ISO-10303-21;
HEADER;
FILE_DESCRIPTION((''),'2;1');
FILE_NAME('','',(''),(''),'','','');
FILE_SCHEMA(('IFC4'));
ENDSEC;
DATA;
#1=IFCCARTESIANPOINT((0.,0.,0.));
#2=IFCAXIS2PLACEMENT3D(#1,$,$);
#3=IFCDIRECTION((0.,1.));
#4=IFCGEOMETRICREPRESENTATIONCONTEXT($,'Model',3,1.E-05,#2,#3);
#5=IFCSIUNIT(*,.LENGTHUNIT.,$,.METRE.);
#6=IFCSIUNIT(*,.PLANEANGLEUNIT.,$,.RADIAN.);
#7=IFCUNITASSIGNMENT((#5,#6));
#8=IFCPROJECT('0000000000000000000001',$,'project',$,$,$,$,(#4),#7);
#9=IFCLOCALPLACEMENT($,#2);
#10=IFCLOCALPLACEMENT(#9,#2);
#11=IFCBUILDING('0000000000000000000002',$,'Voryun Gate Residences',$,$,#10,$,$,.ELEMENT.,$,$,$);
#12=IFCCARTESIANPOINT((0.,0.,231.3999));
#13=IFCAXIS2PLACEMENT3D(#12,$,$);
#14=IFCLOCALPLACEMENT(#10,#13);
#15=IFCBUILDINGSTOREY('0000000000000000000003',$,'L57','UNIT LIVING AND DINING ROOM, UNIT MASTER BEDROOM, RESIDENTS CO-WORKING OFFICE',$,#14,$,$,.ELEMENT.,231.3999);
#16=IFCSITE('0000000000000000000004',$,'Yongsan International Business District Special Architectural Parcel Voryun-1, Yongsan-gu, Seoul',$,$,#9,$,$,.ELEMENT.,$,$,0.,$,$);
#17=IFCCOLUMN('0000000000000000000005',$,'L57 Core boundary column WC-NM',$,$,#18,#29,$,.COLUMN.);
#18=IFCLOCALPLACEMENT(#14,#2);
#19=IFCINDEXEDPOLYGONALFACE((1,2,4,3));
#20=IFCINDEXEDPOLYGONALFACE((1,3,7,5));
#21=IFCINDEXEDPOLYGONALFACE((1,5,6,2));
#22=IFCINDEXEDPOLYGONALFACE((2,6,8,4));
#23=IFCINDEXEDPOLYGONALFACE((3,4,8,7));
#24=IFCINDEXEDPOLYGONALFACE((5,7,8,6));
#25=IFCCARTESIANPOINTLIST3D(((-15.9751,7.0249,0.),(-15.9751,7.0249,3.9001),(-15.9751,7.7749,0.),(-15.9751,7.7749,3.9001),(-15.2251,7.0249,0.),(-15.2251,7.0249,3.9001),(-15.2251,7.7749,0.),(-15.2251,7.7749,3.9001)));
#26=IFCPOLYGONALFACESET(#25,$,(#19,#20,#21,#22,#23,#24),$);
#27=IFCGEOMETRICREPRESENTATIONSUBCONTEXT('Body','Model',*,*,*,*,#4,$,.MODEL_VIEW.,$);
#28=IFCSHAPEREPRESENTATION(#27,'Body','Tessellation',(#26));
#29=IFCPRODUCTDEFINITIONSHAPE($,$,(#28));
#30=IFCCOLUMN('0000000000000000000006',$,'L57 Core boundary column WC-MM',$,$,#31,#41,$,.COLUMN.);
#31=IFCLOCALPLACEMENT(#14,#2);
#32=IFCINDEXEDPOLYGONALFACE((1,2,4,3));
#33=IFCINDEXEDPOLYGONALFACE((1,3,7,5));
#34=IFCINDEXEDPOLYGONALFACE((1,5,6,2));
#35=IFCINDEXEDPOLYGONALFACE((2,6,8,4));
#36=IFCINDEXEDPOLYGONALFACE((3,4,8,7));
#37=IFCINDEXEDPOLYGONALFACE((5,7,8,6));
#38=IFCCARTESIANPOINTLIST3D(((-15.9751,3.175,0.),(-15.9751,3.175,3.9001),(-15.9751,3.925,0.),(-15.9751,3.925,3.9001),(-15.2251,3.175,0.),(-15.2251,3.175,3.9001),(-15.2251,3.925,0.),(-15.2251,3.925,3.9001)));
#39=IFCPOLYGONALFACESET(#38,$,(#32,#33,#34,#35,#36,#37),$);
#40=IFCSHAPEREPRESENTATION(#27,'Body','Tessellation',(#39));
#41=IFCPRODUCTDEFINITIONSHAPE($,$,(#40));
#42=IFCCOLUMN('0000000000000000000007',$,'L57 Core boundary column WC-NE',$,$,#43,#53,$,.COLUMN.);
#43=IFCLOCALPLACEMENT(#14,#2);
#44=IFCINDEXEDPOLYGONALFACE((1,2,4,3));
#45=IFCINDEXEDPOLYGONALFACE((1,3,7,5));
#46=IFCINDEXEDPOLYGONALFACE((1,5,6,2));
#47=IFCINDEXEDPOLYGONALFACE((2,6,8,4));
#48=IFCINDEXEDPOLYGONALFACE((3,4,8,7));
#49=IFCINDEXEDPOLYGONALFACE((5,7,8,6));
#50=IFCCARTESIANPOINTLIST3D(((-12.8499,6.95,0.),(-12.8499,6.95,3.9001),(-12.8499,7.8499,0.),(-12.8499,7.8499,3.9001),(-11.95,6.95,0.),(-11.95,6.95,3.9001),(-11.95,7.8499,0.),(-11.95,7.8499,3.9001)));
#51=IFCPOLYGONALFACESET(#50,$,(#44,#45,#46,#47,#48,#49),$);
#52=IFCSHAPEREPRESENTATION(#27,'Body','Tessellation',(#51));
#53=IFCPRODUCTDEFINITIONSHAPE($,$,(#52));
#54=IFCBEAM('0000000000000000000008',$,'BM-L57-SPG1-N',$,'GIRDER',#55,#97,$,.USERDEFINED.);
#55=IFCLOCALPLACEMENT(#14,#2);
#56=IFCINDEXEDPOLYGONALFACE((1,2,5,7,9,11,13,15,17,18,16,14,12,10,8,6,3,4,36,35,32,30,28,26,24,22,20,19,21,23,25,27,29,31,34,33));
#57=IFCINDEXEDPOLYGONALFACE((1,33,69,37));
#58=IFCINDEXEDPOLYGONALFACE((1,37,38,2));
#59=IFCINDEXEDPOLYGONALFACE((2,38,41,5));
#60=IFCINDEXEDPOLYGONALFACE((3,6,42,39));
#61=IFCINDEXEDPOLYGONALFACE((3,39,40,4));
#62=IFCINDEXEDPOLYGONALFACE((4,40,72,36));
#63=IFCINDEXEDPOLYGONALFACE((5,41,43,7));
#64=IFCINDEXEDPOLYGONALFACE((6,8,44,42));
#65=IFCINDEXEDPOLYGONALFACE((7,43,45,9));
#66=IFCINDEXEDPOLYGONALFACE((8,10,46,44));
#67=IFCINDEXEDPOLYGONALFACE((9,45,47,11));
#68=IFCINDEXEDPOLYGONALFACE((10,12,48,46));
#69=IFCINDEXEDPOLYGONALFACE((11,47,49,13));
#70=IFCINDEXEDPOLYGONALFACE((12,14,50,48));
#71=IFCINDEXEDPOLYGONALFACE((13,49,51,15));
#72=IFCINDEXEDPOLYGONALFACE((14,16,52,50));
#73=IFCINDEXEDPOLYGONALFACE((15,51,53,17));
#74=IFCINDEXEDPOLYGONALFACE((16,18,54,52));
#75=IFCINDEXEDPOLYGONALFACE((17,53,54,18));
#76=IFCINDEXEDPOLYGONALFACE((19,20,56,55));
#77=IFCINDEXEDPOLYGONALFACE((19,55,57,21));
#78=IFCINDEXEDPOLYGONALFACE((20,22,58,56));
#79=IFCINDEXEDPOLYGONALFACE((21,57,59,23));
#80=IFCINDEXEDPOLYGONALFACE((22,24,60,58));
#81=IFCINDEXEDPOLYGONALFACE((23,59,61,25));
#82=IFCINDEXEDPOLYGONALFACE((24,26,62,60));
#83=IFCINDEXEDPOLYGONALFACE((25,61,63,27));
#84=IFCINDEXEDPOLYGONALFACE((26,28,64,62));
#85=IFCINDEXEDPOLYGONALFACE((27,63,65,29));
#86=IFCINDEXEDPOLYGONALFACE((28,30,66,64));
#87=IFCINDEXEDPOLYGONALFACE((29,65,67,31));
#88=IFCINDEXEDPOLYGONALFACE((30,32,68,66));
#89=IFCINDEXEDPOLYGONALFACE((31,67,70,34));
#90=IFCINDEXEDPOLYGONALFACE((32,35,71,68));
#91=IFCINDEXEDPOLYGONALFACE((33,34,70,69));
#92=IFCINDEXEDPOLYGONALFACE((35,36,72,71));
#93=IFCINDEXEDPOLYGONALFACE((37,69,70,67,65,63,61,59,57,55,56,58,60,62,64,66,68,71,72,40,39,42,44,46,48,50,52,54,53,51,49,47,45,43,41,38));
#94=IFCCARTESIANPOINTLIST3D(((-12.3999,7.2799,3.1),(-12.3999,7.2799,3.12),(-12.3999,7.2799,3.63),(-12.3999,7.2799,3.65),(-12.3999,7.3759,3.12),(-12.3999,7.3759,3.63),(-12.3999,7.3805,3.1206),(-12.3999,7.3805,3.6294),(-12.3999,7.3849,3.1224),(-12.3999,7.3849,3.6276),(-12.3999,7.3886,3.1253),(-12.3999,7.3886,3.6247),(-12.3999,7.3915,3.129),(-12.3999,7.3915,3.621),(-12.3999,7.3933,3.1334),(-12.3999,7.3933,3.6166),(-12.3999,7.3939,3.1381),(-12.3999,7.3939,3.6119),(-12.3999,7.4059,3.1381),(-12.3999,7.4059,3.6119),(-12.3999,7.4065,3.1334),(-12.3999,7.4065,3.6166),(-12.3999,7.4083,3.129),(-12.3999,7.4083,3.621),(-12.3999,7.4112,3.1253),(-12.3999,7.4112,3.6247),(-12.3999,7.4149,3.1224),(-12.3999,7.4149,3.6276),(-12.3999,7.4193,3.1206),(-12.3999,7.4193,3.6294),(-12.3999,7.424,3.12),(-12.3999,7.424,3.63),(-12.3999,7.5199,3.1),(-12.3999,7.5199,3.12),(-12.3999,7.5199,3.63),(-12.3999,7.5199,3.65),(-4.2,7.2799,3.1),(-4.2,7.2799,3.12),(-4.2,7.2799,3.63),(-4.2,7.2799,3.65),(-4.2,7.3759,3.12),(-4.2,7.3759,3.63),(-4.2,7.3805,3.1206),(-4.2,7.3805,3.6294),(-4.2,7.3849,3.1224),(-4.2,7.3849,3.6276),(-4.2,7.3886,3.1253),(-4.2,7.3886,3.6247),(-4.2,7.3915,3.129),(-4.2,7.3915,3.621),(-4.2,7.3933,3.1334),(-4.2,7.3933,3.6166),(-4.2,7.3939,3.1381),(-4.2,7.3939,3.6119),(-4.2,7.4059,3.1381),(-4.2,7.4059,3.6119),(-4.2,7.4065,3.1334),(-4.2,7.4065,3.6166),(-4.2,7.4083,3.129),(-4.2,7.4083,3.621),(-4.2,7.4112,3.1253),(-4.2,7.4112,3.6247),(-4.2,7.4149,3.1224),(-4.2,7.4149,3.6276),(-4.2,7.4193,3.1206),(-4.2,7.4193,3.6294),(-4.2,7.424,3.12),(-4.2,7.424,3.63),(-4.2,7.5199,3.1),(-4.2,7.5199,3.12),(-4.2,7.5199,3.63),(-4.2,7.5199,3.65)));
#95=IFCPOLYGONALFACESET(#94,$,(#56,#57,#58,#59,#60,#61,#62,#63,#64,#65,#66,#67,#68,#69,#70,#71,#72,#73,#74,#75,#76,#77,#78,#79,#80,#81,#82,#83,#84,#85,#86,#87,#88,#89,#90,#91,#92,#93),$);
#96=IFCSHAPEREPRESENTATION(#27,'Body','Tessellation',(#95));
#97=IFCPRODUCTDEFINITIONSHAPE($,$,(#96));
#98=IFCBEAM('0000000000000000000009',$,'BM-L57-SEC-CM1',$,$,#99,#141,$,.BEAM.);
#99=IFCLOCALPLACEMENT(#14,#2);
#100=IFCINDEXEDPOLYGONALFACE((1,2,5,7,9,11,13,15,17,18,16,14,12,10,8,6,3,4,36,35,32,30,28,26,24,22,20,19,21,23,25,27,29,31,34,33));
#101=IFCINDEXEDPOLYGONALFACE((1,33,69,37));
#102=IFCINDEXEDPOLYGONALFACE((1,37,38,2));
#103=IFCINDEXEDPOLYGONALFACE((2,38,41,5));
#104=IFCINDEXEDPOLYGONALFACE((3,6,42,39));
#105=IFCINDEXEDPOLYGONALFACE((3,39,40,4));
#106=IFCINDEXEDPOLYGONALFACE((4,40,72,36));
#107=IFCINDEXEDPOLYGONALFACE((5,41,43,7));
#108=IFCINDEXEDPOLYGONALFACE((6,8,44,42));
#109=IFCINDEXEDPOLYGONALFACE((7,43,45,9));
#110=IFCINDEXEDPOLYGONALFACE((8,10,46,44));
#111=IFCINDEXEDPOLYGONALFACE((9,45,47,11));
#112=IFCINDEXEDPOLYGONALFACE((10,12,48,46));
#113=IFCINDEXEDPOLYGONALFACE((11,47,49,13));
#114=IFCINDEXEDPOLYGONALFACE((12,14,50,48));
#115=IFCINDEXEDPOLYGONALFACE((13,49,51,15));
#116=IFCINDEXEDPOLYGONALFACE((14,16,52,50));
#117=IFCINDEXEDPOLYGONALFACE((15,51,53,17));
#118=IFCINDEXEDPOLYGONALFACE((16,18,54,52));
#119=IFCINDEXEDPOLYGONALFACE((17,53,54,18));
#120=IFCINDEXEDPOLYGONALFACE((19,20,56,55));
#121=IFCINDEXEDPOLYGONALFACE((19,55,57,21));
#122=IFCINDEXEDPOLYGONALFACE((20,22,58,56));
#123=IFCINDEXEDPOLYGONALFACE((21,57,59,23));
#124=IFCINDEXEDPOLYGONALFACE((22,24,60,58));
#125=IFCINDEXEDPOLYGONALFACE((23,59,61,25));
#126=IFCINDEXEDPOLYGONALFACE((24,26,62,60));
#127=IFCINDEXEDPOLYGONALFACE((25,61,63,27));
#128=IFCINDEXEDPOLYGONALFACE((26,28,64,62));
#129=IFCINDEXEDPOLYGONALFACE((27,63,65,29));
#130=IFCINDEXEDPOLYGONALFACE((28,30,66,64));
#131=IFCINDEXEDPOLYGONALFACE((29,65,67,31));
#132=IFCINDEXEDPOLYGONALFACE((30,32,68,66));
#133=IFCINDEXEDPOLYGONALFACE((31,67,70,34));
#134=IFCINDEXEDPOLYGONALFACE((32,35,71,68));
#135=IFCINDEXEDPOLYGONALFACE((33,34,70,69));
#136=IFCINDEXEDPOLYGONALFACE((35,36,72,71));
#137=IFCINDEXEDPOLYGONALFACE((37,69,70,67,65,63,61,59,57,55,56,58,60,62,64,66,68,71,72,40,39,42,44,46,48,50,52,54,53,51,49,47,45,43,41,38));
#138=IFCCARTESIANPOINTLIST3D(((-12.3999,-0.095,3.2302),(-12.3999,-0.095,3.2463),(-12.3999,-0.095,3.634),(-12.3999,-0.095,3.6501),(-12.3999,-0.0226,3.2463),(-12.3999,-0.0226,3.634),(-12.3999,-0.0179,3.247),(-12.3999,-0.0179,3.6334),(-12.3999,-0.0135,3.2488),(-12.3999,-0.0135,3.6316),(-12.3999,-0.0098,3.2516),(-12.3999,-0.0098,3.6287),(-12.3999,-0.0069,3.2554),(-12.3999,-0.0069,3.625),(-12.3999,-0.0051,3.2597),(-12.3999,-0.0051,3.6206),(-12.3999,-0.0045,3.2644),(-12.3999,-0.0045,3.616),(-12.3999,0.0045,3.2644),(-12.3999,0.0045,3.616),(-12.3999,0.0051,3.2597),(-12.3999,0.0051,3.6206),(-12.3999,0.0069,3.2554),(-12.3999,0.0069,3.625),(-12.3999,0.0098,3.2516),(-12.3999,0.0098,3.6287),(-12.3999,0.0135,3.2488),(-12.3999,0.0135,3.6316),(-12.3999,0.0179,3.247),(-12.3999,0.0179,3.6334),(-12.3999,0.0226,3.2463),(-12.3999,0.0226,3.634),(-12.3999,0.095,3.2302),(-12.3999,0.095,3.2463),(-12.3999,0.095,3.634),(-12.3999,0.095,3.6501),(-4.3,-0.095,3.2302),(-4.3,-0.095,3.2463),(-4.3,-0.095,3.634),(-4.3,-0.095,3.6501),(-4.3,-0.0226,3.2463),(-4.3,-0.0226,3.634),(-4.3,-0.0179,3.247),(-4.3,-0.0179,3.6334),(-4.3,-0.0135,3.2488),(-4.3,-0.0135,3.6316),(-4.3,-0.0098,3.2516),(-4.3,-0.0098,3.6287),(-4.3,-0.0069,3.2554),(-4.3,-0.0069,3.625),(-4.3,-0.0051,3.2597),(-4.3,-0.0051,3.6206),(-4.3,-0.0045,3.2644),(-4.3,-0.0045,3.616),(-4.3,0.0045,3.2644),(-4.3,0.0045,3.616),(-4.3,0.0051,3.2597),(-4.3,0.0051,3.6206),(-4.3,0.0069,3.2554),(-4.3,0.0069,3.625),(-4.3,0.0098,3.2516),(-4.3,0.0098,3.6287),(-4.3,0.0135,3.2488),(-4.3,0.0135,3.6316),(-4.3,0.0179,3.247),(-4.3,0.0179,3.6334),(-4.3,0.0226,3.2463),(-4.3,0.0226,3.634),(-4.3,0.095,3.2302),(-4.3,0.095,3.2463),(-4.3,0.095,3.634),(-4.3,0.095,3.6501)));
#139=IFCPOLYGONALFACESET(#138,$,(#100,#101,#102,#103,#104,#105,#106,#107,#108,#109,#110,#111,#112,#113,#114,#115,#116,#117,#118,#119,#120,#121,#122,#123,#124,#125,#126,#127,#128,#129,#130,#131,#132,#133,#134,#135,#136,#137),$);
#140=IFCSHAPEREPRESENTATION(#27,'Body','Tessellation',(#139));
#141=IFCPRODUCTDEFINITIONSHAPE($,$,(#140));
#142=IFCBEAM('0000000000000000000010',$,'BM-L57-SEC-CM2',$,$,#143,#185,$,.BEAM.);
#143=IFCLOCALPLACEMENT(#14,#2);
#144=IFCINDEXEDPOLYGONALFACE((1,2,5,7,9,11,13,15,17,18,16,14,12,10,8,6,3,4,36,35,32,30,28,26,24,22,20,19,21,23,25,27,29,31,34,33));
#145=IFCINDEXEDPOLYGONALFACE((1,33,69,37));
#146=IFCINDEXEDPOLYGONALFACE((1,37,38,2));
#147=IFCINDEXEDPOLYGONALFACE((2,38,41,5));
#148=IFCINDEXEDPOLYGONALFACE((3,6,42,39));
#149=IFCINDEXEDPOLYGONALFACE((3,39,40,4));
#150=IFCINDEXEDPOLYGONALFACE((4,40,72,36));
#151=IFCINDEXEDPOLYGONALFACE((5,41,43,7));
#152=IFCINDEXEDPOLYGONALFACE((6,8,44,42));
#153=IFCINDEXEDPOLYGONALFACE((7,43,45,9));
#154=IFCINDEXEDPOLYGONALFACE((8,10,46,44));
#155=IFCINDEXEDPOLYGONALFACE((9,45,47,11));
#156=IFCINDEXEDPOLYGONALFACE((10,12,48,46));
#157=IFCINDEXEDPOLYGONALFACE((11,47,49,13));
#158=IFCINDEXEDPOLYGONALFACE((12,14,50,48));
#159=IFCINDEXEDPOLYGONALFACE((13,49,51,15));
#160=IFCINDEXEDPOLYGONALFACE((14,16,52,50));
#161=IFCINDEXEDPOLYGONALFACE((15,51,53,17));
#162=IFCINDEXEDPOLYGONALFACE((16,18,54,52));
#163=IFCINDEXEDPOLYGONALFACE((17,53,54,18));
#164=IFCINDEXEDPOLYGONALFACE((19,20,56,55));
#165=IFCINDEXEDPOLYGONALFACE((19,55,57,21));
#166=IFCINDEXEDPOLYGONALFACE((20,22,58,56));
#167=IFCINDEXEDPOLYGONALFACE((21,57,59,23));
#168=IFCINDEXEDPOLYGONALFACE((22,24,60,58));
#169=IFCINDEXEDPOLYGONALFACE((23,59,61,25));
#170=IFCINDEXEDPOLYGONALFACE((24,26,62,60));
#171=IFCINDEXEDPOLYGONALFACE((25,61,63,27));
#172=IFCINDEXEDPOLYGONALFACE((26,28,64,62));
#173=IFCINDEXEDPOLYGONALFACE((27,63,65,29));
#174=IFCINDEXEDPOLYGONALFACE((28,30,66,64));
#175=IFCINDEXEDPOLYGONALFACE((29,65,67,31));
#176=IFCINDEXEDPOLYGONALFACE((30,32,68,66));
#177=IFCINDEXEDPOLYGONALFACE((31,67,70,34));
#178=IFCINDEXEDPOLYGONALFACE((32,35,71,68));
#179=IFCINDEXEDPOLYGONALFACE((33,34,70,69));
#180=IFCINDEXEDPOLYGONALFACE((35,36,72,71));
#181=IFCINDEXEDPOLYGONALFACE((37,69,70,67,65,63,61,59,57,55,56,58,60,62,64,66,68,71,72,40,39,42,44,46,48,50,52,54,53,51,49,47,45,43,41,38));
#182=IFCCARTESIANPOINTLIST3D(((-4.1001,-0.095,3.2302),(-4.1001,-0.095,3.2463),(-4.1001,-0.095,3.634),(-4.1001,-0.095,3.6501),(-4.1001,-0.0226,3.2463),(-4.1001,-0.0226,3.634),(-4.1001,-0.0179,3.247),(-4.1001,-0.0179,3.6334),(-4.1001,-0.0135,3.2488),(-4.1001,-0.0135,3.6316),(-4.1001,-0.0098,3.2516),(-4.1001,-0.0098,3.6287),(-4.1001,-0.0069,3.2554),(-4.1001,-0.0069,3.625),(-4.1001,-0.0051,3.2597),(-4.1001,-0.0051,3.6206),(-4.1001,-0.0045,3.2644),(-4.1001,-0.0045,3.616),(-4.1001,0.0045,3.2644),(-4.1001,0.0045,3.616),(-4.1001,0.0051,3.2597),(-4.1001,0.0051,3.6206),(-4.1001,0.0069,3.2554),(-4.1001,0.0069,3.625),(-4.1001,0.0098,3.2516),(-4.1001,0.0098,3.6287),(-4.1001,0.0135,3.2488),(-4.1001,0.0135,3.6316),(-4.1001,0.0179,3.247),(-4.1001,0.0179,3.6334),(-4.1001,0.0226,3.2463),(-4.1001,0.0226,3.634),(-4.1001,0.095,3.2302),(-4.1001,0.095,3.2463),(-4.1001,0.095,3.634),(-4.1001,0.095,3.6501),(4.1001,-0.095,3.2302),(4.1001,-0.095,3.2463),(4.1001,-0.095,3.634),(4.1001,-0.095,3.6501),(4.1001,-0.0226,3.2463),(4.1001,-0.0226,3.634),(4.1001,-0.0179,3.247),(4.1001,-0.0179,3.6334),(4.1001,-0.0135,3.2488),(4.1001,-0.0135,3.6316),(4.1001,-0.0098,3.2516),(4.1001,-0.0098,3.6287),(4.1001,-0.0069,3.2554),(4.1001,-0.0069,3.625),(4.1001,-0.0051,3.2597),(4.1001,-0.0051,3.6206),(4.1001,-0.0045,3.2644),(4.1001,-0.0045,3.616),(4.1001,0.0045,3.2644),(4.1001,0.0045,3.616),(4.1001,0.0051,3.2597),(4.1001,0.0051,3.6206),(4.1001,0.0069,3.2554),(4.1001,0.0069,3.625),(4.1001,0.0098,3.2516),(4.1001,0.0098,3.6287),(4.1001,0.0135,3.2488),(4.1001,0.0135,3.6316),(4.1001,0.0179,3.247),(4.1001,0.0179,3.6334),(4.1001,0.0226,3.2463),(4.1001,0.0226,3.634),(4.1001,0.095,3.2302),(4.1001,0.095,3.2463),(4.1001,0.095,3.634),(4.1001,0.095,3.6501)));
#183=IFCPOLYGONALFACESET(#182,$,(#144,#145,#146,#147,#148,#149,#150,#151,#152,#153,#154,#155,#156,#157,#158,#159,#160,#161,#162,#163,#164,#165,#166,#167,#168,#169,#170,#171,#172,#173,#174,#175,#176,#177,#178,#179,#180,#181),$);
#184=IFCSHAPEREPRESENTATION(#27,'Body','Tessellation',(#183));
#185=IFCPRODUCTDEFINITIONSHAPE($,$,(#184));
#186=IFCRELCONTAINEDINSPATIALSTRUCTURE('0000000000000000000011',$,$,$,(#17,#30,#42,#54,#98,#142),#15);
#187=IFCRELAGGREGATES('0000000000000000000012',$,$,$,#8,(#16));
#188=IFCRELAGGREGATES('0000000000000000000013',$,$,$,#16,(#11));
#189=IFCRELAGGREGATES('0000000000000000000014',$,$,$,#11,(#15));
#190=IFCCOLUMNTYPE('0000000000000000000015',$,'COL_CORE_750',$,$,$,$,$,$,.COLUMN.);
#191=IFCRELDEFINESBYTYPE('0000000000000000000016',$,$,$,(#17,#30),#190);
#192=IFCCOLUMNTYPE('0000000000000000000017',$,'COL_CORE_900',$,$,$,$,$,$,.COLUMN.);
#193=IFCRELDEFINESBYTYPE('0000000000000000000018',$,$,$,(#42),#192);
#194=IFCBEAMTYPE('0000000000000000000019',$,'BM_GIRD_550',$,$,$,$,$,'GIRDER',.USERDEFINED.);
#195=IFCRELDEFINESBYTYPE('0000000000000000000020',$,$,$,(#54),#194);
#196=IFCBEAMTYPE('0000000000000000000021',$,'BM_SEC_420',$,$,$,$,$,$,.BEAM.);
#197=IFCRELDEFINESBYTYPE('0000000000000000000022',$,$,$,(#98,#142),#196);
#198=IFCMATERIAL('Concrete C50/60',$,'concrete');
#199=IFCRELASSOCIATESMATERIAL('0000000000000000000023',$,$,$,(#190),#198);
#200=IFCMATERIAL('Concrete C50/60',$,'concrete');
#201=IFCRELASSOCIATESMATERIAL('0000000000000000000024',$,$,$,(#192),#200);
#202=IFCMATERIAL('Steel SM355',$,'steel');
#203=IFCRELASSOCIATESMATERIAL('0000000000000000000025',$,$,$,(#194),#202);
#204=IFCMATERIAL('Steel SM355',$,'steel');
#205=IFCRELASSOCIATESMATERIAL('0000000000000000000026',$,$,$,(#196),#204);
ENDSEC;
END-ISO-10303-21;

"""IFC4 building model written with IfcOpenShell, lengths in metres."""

from ifc_helpers import new_model, si_unit, direction, frame, origin, origin_2d, place, context, subcontext, project, spatial, rectangle, i_section, extrude, material, material_profile, profile_set, type_object, element, save


model = new_model("IFC4")

# Units and contexts
model_context = context("Model", 3, precision=1e-05, world=origin(), true_north=direction((0.0, 1.0)))
body_context = subcontext(model_context, "Body", "Model", "MODEL_VIEW")
ifc_project = project(units=[si_unit("LENGTHUNIT", "METRE"), si_unit("PLANEANGLEUNIT", "RADIAN")], contexts=[model_context])

# Site, building, storey
site_placement = place(None, origin())
site = spatial("IfcSite", under=ifc_project, at=site_placement, Name="Yongsan International Business District Special Architectural Parcel Voryun-1, Yongsan-gu, Seoul", CompositionType="ELEMENT", RefElevation=0.0)
building_placement = place(site_placement, origin())
building = spatial("IfcBuilding", under=site, at=building_placement, Name="Voryun Gate Residences", CompositionType="ELEMENT")
storey_placement = place(building_placement, frame((0.0, 0.0, 231.3999)))
storey = spatial("IfcBuildingStorey", under=building, at=storey_placement, Name="L57", Description="UNIT LIVING AND DINING ROOM, UNIT MASTER BEDROOM, RESIDENTS CO-WORKING OFFICE", CompositionType="ELEMENT", Elevation=231.3999)

# Columns
ifc_material_1 = material(Name="Concrete C50/60", Category="concrete")
ifc_material_profile_1 = material_profile(ifc_material_1, rectangle(XDim=0.75, YDim=0.75, at=origin_2d()), Name="RC-750x750")
ifc_profile_set_1 = profile_set([ifc_material_profile_1], Name="Concrete C50/60")
column_type_1 = type_object("IfcColumnType", Name="COL_CORE_750", PredefinedType="COLUMN", material=ifc_profile_set_1)
for number, where, z_axis, x_axis, name in (
    (1, (-15.6001, 7.3999, 0.0), (0.0, 0.0, 1.0), (1.0, 0.0, 0.0), "L57 Core boundary column WC-NM"),
    (2, (-15.6001, 3.55, 0.0), (0.0, 0.0, 1.0), (1.0, 0.0, 0.0), "L57 Core boundary column WC-MM"),
):
    element("IfcColumn", number, at=place(storey_placement, frame(where, z_axis=z_axis, x_axis=x_axis)), inside=storey, type_object=column_type_1, Name=name, PredefinedType="COLUMN", context=body_context, shape_type="SweptSolid", body=[
        extrude(rectangle(XDim=0.75, YDim=0.75, at=origin_2d()), origin(), (0.0, 0.0, 1.0), 3.9001),
    ])
ifc_material_2 = material(Name="Concrete C50/60", Category="concrete")
ifc_material_profile_2 = material_profile(ifc_material_2, rectangle(XDim=0.8999, YDim=0.8999, at=origin_2d()), Name="RC-900x900")
ifc_profile_set_2 = profile_set([ifc_material_profile_2], Name="Concrete C50/60")
column_type_2 = type_object("IfcColumnType", Name="COL_CORE_900", PredefinedType="COLUMN", material=ifc_profile_set_2)
column_placement = place(storey_placement, frame((-12.3999, 7.3999, 0.0), z_axis=(0.0, 0.0, 1.0), x_axis=(1.0, 0.0, 0.0)))
element("IfcColumn", 3, at=column_placement, inside=storey, type_object=column_type_2, Name="L57 Core boundary column WC-NE", PredefinedType="COLUMN", context=body_context, shape_type="SweptSolid", body=[
    extrude(rectangle(XDim=0.8999, YDim=0.8999, at=origin_2d()), origin(), (0.0, 0.0, 1.0), 3.9001),
])

# Beams
ifc_material_3 = material(Name="Steel SM355", Category="steel")
ifc_material_profile_3 = material_profile(ifc_material_3, i_section(OverallWidth=0.24, OverallDepth=0.55, WebThickness=0.012, FlangeThickness=0.02, FilletRadius=0.0181, at=origin_2d()), Name="H-550x240x12x20")
ifc_profile_set_3 = profile_set([ifc_material_profile_3], Name="Steel SM355")
beam_type_1 = type_object("IfcBeamType", Name="BM_GIRD_550", ElementType="GIRDER", PredefinedType="USERDEFINED", material=ifc_profile_set_3)
beam_1_placement = place(storey_placement, frame((-12.3999, 7.3999, 3.375), z_axis=(1.0, 0.0, 0.0), x_axis=(0.0, 1.0, 0.0)))
element("IfcBeam", 4, at=beam_1_placement, inside=storey, type_object=beam_type_1, Name="BM-L57-SPG1-N", ObjectType="GIRDER", PredefinedType="USERDEFINED", context=body_context, shape_type="SweptSolid", body=[
    extrude(i_section(OverallWidth=0.24, OverallDepth=0.55, WebThickness=0.012, FlangeThickness=0.02, FilletRadius=0.0181, at=origin_2d()), origin(), (0.0, 0.0, 1.0), 8.2),
])
ifc_material_4 = material(Name="Steel SM355", Category="steel")
ifc_material_profile_4 = material_profile(ifc_material_4, i_section(OverallWidth=0.1899, OverallDepth=0.4199, WebThickness=0.009, FlangeThickness=0.0161, FilletRadius=0.0181, at=origin_2d()), Name="H-420x190x9x16")
ifc_profile_set_4 = profile_set([ifc_material_profile_4], Name="Steel SM355")
beam_type_2 = type_object("IfcBeamType", Name="BM_SEC_420", PredefinedType="BEAM", material=ifc_profile_set_4)
beam_2_placement = place(storey_placement, frame((-12.3999, 0.0, 3.4402), z_axis=(1.0, 0.0, 0.0), x_axis=(0.0, 1.0, 0.0)))
element("IfcBeam", 5, at=beam_2_placement, inside=storey, type_object=beam_type_2, Name="BM-L57-SEC-CM1", PredefinedType="BEAM", context=body_context, shape_type="SweptSolid", body=[
    extrude(i_section(OverallWidth=0.1899, OverallDepth=0.4199, WebThickness=0.009, FlangeThickness=0.0161, FilletRadius=0.0181, at=origin_2d()), origin(), (0.0, 0.0, 1.0), 8.0999),
])
beam_3_placement = place(storey_placement, frame((-4.1001, 0.0, 3.4402), z_axis=(1.0, 0.0, 0.0), x_axis=(0.0, 1.0, 0.0)))
element("IfcBeam", 6, at=beam_3_placement, inside=storey, type_object=beam_type_2, Name="BM-L57-SEC-CM2", PredefinedType="BEAM", context=body_context, shape_type="SweptSolid", body=[
    extrude(i_section(OverallWidth=0.1899, OverallDepth=0.4199, WebThickness=0.009, FlangeThickness=0.0161, FilletRadius=0.0181, at=origin_2d()), origin(), (0.0, 0.0, 1.0), 8.2002),
])

save(model, "model.ifc")
